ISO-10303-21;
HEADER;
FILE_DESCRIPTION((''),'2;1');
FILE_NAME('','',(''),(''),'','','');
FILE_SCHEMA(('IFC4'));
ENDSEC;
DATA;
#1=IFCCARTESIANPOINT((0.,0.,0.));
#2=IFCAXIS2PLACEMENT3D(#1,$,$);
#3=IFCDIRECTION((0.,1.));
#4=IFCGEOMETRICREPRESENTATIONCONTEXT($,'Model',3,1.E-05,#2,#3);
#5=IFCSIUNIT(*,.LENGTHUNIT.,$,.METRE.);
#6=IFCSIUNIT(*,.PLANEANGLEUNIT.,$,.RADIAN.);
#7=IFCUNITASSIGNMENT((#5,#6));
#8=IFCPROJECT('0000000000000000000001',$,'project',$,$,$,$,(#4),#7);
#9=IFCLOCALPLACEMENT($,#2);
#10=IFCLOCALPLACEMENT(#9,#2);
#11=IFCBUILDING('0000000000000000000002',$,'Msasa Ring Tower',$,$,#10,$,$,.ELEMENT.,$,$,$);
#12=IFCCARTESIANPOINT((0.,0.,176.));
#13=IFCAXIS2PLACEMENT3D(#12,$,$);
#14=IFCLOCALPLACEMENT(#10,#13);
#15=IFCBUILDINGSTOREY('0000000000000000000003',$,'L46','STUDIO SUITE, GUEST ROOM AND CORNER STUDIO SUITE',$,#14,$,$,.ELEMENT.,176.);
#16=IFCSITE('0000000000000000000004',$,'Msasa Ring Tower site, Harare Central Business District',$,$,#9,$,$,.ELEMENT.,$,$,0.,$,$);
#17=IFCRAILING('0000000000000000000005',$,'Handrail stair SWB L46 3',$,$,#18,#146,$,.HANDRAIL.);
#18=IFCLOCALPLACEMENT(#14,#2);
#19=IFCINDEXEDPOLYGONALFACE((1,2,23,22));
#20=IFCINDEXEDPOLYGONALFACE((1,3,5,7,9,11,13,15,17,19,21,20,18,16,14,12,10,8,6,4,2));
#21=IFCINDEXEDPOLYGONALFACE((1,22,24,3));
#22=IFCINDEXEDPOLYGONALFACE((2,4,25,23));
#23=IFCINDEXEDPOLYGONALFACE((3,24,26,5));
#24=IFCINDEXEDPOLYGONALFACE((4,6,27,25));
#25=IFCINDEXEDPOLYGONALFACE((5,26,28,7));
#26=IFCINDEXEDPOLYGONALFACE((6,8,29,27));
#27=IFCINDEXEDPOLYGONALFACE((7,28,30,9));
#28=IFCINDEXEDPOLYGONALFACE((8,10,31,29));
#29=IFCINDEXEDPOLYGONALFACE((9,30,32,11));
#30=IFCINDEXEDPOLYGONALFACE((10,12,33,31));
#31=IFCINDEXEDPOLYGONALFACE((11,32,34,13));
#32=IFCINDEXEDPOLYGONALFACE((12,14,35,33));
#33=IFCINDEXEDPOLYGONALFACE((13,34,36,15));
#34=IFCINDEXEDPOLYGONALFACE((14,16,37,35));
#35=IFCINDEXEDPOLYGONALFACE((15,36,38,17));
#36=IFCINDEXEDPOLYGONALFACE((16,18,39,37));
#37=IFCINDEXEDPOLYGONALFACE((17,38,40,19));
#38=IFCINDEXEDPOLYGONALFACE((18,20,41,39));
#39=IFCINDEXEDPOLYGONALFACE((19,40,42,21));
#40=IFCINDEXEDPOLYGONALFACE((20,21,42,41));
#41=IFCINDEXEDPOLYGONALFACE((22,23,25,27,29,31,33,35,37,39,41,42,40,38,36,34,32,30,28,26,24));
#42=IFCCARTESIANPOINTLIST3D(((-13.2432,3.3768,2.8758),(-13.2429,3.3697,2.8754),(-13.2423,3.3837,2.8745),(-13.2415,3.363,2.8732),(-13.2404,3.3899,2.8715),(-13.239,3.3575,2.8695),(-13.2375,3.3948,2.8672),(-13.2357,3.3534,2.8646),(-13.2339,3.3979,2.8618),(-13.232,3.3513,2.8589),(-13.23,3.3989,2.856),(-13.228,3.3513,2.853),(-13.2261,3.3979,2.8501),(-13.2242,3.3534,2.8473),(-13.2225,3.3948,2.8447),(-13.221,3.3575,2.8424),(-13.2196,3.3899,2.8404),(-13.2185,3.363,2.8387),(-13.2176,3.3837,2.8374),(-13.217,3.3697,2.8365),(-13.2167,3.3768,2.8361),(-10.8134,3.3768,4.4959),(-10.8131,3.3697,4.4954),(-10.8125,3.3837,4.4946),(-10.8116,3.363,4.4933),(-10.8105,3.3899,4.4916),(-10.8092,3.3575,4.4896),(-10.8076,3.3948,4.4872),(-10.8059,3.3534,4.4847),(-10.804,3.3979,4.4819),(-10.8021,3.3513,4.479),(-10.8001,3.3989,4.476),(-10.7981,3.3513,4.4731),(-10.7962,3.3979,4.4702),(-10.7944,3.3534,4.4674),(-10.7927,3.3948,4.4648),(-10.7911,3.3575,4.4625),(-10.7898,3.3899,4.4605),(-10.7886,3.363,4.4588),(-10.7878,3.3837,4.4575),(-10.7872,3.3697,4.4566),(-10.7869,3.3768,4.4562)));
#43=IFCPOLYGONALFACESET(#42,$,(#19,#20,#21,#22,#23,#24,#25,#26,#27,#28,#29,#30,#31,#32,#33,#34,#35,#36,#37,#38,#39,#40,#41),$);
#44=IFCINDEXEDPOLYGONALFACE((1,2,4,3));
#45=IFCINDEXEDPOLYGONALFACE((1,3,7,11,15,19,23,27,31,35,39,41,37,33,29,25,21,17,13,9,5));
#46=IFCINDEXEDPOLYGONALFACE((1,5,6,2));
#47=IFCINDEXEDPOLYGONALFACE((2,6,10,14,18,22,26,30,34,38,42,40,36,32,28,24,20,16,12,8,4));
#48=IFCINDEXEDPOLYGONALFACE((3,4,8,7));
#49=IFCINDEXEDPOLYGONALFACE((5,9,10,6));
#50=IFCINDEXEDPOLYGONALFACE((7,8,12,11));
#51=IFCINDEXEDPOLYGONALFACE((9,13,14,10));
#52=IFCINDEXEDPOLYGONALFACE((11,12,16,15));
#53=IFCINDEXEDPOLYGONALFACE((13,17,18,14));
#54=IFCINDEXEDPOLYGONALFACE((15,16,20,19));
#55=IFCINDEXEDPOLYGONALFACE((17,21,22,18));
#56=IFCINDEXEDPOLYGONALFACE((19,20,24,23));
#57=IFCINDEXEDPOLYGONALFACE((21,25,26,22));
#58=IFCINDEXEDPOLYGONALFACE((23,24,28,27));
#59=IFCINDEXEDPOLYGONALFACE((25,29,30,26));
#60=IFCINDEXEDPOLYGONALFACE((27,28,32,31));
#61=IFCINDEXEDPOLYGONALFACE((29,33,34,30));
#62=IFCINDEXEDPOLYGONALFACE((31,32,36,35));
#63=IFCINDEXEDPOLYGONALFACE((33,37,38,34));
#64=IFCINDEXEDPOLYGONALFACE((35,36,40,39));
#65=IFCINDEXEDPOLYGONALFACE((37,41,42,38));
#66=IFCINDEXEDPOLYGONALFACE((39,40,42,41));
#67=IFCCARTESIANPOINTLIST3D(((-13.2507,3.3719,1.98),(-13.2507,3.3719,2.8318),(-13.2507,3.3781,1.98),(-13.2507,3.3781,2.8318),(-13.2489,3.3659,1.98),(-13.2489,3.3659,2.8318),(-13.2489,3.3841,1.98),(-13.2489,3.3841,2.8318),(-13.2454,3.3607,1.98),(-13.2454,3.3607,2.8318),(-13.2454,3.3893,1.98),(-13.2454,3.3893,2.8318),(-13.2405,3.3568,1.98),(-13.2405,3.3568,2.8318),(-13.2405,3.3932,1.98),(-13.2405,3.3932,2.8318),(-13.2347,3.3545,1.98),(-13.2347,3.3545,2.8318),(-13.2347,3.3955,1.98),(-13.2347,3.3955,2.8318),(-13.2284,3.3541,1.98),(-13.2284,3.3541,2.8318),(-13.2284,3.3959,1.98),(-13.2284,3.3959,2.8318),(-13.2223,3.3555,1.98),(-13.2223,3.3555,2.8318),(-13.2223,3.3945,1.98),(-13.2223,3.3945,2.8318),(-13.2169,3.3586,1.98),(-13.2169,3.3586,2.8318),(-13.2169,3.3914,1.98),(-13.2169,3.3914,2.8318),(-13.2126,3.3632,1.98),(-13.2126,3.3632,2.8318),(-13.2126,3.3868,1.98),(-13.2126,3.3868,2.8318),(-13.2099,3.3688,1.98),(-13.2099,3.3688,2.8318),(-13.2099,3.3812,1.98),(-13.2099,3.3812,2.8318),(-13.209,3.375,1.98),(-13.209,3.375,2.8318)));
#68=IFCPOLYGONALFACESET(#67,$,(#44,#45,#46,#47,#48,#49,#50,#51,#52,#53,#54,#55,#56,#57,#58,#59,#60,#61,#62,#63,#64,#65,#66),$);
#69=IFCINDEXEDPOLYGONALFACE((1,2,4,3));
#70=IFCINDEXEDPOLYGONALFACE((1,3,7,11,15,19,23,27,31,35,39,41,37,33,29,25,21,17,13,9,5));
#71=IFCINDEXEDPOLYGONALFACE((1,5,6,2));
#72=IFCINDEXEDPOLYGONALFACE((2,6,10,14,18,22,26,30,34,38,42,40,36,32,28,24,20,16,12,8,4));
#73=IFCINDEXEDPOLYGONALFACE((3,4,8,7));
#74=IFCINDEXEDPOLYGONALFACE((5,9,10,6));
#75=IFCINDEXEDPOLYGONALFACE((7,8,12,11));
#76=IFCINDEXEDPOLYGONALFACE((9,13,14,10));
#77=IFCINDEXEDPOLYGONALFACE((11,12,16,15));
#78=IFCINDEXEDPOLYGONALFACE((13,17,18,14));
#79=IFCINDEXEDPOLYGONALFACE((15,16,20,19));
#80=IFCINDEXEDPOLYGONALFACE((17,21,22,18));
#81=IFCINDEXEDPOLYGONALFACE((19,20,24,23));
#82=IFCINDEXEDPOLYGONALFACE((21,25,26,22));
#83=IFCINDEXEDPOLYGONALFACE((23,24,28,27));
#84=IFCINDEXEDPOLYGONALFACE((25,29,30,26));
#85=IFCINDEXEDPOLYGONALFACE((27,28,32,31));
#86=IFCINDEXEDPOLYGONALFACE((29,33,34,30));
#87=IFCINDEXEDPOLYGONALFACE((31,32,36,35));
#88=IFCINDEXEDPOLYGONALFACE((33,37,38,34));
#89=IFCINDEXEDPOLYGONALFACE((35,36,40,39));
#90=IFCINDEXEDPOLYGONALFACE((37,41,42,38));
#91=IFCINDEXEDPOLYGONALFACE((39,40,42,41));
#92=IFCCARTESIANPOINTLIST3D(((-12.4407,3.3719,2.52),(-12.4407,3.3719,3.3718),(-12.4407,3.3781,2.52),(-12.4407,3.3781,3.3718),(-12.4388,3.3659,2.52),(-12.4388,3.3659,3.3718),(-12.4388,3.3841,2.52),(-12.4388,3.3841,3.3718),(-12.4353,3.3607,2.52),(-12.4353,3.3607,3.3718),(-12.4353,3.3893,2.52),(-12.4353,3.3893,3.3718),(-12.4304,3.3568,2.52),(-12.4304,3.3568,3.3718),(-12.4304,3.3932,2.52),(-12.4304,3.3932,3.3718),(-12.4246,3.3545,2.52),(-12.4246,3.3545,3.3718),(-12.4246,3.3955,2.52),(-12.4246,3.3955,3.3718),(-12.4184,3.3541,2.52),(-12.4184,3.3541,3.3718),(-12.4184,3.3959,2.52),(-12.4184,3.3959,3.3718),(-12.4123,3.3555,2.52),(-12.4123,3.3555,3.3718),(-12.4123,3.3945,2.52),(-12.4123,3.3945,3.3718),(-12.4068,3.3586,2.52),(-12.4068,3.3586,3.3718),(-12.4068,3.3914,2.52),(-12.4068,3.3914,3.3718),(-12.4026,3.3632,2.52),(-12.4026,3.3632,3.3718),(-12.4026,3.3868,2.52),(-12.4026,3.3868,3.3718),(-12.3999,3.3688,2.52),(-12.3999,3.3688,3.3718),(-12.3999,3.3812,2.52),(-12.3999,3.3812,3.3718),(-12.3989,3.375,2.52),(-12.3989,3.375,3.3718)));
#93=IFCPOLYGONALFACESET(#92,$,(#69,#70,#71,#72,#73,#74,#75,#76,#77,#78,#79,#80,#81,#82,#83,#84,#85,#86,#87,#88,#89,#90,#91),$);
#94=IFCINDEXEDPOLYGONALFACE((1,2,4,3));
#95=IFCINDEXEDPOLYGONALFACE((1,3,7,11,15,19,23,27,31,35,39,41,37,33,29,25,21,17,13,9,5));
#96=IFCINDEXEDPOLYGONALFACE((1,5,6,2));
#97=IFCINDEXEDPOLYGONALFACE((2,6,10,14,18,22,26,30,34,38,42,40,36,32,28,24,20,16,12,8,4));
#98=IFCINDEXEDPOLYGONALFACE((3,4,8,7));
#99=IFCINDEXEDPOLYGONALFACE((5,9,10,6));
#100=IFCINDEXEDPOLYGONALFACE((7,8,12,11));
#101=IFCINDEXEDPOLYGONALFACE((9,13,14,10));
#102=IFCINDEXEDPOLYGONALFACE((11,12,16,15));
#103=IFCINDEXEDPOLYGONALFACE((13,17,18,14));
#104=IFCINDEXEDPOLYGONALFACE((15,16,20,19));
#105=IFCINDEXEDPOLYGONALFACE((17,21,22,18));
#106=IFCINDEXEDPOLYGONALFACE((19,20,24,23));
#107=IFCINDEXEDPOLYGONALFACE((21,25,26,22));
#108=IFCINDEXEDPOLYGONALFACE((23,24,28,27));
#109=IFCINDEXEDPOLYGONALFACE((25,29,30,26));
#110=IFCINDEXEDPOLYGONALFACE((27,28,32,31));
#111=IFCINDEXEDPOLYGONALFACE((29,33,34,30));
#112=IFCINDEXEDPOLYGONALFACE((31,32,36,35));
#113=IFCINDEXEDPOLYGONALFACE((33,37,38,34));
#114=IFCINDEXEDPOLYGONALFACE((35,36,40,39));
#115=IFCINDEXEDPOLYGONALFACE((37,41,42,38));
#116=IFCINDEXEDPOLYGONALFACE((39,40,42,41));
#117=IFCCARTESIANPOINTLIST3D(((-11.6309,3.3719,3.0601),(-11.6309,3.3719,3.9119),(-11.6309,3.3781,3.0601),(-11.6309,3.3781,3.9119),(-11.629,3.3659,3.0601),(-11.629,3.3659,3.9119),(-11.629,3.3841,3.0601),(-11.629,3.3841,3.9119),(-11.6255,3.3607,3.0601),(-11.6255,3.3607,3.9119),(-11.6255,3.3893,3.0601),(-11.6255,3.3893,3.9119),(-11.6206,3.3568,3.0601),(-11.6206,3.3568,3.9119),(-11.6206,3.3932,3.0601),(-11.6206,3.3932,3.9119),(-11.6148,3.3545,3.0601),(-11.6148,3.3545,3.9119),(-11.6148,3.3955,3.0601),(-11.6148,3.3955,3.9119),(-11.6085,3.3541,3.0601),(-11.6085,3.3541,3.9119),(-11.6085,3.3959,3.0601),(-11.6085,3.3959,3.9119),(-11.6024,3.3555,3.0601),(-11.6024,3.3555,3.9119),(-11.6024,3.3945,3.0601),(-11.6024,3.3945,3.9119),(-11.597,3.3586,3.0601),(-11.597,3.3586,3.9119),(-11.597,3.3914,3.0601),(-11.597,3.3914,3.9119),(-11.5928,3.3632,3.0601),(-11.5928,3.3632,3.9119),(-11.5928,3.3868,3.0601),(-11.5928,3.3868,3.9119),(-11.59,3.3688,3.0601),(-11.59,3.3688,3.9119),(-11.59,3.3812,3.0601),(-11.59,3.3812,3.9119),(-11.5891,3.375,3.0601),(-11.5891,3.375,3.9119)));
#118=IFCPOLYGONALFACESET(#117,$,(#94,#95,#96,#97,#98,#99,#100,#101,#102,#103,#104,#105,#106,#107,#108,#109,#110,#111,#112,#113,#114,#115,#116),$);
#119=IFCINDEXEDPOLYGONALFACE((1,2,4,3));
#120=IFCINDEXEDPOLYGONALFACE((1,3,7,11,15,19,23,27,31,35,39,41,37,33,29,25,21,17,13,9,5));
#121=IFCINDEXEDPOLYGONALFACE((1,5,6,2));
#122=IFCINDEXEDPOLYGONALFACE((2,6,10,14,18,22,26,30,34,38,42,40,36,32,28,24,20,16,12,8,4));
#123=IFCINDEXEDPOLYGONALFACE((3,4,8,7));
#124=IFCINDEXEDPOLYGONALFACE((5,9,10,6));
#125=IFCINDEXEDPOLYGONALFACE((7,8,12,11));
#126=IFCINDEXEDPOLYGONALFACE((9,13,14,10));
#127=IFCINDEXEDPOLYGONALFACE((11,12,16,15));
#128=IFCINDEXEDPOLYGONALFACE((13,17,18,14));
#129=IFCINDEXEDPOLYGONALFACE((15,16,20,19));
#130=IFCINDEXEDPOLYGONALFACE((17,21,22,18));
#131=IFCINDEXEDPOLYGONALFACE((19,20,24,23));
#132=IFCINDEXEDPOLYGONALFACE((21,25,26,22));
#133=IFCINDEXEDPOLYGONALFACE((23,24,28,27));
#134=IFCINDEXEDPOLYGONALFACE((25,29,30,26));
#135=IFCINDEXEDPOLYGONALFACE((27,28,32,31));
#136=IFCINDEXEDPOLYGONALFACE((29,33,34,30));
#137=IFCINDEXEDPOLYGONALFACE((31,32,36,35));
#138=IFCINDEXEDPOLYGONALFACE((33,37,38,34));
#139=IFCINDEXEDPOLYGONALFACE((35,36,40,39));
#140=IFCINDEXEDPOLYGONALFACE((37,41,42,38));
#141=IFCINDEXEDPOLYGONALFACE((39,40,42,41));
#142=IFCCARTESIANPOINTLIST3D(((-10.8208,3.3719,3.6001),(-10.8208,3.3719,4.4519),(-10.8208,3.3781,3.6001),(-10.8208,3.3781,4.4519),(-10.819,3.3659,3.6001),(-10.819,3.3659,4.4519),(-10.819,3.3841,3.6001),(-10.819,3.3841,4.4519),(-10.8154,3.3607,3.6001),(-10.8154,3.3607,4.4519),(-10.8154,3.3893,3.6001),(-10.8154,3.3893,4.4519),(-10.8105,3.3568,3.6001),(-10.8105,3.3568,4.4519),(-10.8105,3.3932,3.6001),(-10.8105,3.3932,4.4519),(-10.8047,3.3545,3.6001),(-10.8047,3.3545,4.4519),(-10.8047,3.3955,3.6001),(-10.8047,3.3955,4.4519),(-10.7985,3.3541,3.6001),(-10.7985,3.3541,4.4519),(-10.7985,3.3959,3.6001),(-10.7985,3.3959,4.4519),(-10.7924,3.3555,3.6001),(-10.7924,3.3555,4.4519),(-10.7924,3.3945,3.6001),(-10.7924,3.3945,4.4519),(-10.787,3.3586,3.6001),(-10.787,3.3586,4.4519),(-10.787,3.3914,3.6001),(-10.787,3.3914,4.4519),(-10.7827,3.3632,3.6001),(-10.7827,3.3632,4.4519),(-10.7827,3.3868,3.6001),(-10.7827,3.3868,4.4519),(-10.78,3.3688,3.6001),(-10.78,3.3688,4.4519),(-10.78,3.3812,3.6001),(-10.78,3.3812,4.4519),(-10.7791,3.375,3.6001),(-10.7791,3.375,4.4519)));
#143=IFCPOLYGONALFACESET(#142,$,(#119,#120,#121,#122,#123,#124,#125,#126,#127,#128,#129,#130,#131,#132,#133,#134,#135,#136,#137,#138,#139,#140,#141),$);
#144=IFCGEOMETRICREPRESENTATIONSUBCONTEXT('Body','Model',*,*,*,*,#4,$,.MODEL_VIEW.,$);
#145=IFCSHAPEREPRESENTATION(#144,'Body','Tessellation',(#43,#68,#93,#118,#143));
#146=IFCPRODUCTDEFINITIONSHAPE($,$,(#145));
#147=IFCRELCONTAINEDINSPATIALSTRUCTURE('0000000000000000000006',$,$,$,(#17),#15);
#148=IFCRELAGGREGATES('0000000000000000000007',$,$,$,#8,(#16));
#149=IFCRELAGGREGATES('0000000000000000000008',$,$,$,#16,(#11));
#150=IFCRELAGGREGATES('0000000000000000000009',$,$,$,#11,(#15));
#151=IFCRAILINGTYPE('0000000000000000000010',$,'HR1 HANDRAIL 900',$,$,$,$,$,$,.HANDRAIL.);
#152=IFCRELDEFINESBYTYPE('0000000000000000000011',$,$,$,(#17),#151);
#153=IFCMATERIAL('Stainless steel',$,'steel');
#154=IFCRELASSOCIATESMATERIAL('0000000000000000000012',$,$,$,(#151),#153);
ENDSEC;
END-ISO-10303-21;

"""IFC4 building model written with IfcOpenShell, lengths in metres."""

from ifc_helpers import new_model, si_unit, direction, frame, origin, origin_2d, place, context, subcontext, project, spatial, circle, extrude, material, type_object, element, save


model = new_model("IFC4")

# Units and contexts
model_context = context("Model", 3, precision=1e-05, world=origin(), true_north=direction((0.0, 1.0)))
body_context = subcontext(model_context, "Body", "Model", "MODEL_VIEW")
ifc_project = project(units=[si_unit("LENGTHUNIT", "METRE"), si_unit("PLANEANGLEUNIT", "RADIAN")], contexts=[model_context])

# Site, building, storey
site_placement = place(None, origin())
site = spatial("IfcSite", under=ifc_project, at=site_placement, Name="Msasa Ring Tower site, Harare Central Business District", CompositionType="ELEMENT", RefElevation=0.0)
building_placement = place(site_placement, origin())
building = spatial("IfcBuilding", under=site, at=building_placement, Name="Msasa Ring Tower", CompositionType="ELEMENT")
storey_placement = place(building_placement, frame((0.0, 0.0, 176.0)))
storey = spatial("IfcBuildingStorey", under=building, at=storey_placement, Name="L46", Description="STUDIO SUITE, GUEST ROOM AND CORNER STUDIO SUITE", CompositionType="ELEMENT", Elevation=176.0)

# Railing
ifc_material_1 = material(Name="Stainless steel", Category="steel")
railing_type = type_object("IfcRailingType", Name="HR1 HANDRAIL 900", PredefinedType="HANDRAIL", material=ifc_material_1)
railing_placement = place(storey_placement, frame((-13.23, 3.375, 1.98)))
element("IfcRailing", 1, at=railing_placement, inside=storey, type_object=railing_type, Name="Handrail stair SWB L46 3", PredefinedType="HANDRAIL", context=body_context, shape_type="SweptSolid", body=[
    extrude(circle(Radius=0.0239, at=origin_2d()), frame((0.0, 0.0, 0.876), z_axis=(0.832025, 0.0, 0.554739), x_axis=(0.0, 1.0, 0.0)), (0.0, 0.0, 1.0), 2.9204),
    extrude(circle(Radius=0.021, at=origin_2d()), origin(), (0.0, 0.0, 1.0), 0.8518),
    extrude(circle(Radius=0.021, at=origin_2d()), frame((0.8101, 0.0, 0.54)), (0.0, 0.0, 1.0), 0.8518),
    extrude(circle(Radius=0.021, at=origin_2d()), frame((1.6199, 0.0, 1.0801)), (0.0, 0.0, 1.0), 0.8518),
    extrude(circle(Radius=0.021, at=origin_2d()), frame((2.4299, 0.0, 1.6201)), (0.0, 0.0, 1.0), 0.8518),
])

save(model, "model.ifc")
